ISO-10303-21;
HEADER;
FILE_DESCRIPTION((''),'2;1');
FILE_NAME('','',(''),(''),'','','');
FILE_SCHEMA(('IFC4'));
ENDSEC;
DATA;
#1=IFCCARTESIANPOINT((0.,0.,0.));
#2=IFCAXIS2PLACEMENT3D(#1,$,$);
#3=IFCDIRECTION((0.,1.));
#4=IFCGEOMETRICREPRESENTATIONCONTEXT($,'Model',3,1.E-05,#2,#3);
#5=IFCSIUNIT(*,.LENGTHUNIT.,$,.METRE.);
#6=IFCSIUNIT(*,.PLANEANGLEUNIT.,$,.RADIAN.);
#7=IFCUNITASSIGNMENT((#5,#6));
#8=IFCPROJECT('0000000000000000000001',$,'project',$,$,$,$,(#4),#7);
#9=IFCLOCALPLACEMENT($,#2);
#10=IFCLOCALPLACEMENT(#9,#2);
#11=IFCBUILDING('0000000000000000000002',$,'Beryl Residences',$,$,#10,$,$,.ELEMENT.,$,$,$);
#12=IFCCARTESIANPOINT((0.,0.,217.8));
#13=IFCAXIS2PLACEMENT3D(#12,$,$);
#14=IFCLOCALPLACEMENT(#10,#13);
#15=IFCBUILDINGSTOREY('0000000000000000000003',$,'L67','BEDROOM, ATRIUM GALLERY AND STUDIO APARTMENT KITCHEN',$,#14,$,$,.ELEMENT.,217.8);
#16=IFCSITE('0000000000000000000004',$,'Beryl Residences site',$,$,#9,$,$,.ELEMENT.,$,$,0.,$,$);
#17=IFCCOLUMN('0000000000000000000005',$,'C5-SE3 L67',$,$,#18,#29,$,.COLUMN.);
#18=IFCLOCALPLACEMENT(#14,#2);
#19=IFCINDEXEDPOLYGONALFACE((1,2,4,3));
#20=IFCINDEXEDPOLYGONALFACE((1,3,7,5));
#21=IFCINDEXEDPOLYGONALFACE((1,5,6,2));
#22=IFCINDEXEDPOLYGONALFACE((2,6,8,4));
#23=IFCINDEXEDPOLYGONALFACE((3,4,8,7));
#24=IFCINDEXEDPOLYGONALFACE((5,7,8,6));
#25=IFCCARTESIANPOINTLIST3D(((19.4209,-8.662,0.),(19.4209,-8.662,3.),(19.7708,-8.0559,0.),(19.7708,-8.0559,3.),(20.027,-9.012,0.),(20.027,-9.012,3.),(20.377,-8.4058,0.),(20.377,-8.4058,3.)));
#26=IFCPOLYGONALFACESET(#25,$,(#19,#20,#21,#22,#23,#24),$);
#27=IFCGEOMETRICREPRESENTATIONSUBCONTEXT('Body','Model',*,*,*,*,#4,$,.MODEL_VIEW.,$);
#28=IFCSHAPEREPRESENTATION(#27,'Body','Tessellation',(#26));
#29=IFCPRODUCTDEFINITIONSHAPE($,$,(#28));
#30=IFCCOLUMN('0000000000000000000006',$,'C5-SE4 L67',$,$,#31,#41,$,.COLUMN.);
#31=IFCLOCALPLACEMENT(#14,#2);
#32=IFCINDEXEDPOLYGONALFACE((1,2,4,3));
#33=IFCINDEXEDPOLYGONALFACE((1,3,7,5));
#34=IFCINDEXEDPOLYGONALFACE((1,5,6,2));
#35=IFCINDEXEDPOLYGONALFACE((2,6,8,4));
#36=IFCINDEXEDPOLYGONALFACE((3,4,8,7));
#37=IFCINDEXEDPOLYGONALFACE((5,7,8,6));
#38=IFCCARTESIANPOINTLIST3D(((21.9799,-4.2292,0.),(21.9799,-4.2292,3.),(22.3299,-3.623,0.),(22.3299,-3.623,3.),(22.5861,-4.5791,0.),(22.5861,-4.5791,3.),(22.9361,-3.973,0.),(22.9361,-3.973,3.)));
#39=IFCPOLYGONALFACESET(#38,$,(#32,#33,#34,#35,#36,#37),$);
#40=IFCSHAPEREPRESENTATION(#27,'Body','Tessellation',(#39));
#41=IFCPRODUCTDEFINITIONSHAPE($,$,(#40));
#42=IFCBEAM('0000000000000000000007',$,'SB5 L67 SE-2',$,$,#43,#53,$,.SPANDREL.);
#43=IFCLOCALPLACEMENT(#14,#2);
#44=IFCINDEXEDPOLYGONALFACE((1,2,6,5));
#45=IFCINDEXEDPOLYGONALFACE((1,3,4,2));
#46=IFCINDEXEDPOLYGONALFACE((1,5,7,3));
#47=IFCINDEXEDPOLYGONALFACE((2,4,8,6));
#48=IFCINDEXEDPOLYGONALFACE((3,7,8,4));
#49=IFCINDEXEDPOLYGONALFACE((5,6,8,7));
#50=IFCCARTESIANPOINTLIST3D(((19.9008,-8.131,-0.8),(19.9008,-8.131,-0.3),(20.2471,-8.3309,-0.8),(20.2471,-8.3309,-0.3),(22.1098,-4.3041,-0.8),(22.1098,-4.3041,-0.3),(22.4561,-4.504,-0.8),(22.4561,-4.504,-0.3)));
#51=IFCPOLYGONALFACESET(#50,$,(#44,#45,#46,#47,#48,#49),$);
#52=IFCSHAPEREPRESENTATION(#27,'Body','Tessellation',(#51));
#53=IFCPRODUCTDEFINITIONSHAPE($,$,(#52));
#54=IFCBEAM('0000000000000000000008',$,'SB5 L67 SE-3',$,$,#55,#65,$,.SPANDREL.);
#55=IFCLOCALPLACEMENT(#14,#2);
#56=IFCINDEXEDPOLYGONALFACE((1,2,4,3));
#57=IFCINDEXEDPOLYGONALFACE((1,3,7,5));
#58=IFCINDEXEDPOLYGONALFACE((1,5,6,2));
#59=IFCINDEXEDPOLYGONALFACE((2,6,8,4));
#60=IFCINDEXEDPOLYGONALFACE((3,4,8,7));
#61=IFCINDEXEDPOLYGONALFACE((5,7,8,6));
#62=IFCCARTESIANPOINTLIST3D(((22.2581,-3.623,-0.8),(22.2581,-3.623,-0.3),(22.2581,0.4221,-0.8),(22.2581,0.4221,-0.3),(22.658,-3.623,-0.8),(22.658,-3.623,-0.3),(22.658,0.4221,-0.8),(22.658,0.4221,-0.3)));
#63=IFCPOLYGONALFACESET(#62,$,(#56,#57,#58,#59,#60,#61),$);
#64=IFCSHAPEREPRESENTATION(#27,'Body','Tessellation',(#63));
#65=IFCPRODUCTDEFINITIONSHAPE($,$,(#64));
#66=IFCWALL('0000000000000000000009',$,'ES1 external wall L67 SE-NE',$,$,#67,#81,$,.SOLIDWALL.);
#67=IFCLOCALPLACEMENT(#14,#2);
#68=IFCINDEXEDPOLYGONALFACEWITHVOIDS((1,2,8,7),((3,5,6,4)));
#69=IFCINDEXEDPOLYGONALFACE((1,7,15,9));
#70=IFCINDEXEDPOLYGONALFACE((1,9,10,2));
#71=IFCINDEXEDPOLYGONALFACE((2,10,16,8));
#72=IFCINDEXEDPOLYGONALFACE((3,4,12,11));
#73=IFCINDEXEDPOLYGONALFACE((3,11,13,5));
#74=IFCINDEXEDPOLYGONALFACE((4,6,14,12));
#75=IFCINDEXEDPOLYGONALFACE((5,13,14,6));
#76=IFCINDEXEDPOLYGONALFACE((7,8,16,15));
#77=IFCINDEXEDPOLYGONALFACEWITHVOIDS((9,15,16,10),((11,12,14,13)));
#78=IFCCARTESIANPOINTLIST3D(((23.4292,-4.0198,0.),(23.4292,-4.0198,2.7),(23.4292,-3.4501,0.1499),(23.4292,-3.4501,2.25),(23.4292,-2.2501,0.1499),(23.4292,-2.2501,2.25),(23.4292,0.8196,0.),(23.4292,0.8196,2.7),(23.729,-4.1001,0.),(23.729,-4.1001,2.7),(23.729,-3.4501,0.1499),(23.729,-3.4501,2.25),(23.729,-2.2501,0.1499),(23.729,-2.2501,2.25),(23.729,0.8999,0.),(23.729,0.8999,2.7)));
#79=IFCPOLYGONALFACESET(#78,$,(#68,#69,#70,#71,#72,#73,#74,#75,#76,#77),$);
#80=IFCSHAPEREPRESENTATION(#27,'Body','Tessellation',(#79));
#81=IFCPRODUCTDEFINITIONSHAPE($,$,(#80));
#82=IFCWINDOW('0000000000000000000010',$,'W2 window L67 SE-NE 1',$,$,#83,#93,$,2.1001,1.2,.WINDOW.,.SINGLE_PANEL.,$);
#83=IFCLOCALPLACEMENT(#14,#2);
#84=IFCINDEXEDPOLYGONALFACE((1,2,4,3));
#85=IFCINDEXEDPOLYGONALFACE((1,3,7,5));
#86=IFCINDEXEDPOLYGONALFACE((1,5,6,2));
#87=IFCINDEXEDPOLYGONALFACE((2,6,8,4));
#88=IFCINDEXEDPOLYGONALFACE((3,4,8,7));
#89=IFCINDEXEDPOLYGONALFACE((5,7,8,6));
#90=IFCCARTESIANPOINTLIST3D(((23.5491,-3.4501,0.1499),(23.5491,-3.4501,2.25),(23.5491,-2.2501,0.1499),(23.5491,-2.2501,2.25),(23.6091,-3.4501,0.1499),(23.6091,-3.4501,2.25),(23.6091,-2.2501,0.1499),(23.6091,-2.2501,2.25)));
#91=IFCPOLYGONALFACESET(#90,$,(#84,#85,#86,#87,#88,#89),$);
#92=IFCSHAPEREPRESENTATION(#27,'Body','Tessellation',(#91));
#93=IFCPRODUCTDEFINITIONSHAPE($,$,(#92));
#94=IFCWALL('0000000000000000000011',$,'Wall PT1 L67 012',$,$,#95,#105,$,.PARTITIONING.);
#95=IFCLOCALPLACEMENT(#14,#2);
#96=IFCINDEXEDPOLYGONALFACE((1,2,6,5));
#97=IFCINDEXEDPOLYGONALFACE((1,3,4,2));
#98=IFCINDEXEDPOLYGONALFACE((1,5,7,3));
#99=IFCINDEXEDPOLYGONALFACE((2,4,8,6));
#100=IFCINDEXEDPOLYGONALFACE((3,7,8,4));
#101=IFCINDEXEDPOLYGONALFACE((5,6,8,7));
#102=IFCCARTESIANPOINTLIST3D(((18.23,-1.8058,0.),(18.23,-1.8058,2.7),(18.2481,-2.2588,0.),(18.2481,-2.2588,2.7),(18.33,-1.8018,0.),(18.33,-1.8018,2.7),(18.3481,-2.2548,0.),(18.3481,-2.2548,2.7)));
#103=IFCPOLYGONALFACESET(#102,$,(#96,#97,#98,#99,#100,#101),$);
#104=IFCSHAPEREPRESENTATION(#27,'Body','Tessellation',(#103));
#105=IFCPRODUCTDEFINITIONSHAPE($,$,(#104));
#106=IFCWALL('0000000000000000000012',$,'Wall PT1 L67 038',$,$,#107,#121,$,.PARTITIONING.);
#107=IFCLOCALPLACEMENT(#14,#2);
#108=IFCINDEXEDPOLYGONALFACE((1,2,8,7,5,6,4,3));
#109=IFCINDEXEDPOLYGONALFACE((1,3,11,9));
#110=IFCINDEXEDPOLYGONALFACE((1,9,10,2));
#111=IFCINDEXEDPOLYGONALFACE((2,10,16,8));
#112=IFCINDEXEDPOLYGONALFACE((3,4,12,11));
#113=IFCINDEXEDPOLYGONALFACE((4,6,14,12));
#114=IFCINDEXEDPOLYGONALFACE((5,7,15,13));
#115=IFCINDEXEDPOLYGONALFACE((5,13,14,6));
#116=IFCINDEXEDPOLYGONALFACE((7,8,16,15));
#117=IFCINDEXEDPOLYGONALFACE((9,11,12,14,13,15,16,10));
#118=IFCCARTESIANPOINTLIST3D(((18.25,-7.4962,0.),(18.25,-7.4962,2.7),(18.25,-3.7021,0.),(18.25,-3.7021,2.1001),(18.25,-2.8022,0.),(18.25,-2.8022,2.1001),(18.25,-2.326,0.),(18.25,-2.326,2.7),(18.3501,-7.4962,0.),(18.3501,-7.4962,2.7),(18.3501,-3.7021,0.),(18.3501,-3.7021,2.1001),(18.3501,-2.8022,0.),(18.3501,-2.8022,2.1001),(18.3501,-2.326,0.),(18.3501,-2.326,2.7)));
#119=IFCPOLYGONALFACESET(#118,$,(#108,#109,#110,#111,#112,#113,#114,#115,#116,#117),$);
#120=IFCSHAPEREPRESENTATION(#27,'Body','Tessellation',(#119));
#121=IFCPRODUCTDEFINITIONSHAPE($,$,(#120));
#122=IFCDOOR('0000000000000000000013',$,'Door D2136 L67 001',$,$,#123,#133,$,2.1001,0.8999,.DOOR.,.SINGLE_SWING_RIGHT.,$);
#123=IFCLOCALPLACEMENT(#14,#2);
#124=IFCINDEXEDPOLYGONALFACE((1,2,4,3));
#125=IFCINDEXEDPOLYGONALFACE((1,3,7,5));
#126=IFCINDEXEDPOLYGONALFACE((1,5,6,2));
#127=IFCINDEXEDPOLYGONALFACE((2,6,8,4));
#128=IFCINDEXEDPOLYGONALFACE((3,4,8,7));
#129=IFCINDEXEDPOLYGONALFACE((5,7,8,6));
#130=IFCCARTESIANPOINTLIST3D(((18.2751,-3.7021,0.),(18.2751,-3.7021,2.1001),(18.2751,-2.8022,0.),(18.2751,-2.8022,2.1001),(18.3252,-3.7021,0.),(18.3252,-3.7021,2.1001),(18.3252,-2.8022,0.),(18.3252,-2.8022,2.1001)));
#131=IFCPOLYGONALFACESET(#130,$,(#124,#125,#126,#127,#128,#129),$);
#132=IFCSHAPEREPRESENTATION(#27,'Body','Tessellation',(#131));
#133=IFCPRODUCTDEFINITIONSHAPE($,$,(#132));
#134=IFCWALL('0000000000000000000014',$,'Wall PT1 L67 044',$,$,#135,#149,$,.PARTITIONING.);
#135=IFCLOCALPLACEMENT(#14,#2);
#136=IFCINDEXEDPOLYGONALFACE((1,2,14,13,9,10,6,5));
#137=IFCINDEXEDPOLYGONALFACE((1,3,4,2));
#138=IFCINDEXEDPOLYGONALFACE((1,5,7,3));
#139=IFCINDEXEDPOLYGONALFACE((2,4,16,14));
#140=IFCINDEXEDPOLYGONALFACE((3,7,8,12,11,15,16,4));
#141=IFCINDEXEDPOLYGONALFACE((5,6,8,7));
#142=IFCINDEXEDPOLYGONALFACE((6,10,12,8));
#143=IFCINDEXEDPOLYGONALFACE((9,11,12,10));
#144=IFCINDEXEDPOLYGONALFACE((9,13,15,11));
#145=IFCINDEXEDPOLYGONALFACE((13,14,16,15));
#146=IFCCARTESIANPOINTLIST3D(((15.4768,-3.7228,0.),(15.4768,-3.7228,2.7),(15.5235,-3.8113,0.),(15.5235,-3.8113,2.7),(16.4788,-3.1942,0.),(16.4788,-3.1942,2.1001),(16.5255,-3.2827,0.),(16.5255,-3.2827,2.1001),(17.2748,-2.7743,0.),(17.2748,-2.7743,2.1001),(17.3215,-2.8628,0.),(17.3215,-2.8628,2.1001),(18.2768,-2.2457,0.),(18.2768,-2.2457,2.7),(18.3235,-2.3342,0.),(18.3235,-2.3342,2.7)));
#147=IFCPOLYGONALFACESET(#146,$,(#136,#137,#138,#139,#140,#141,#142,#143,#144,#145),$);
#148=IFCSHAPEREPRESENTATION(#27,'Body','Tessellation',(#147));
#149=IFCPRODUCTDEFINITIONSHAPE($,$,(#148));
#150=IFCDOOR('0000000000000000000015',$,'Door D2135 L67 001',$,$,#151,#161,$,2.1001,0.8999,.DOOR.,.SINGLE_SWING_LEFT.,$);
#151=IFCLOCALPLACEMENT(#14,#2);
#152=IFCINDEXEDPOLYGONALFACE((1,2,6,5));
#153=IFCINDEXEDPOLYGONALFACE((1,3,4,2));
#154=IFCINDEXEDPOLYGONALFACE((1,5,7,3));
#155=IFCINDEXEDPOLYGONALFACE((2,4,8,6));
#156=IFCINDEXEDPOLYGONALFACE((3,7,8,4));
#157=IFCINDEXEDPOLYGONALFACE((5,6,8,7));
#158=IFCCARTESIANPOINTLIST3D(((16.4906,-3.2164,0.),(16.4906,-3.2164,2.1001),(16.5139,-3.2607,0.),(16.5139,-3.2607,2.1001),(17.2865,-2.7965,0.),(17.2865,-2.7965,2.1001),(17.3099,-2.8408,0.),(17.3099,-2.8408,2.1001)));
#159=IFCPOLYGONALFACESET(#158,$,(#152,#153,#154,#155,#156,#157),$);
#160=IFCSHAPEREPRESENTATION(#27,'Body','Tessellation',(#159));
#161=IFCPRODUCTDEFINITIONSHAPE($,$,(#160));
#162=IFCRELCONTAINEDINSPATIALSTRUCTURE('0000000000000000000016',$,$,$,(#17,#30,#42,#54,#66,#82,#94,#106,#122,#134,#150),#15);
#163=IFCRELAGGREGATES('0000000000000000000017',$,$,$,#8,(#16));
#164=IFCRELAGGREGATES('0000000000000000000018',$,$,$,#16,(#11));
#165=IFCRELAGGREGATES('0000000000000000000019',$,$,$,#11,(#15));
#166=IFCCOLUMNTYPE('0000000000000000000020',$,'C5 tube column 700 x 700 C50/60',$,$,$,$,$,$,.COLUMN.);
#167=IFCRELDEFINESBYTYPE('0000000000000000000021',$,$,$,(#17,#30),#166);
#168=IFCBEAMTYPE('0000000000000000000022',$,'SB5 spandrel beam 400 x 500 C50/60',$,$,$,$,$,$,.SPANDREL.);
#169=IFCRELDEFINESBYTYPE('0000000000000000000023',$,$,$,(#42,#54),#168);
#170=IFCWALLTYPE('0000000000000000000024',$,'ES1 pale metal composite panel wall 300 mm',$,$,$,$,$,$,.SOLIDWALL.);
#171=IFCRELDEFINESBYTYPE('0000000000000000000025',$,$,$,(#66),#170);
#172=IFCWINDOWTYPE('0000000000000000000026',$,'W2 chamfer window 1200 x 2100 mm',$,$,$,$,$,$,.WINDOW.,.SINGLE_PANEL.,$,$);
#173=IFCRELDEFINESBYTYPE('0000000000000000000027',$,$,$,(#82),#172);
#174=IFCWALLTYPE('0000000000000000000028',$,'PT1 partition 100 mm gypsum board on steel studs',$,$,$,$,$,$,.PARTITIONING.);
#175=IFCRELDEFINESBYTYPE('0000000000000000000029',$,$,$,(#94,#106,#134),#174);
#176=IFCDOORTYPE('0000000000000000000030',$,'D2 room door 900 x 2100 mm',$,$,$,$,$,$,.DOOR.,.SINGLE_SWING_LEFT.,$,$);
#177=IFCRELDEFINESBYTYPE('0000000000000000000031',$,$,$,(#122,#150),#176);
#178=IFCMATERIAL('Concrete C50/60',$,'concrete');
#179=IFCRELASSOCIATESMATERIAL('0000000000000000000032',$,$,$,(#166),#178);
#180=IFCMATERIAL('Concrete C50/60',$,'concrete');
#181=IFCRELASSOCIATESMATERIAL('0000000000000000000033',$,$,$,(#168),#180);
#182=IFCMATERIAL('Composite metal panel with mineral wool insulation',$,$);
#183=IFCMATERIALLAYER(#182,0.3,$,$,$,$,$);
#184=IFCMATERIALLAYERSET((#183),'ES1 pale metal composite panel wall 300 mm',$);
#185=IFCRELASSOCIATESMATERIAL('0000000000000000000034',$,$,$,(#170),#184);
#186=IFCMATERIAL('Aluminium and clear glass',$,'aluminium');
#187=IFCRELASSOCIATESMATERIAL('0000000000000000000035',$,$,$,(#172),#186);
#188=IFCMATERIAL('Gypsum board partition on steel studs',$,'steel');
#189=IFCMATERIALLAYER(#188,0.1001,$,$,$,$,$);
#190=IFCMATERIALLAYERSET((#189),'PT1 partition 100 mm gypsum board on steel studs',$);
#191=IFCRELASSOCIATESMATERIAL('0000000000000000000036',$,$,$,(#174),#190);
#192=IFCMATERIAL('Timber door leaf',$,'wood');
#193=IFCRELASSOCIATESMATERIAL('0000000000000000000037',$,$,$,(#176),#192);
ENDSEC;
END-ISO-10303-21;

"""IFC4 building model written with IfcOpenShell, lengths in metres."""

from ifc_helpers import new_model, si_unit, direction, frame, frame_2d, origin, origin_2d, place, context, subcontext, project, spatial, polyline, rectangle, outline, extrude, material, layer, layer_set, material_profile, profile_set, type_object, element, fill, save


model = new_model("IFC4")

# Units and contexts
model_context = context("Model", 3, precision=1e-05, world=origin(), true_north=direction((0.0, 1.0)))
body_context = subcontext(model_context, "Body", "Model", "MODEL_VIEW")
ifc_project = project(units=[si_unit("LENGTHUNIT", "METRE"), si_unit("PLANEANGLEUNIT", "RADIAN")], contexts=[model_context])

# Site, building, storey
site_placement = place(None, origin())
site = spatial("IfcSite", under=ifc_project, at=site_placement, Name="Beryl Residences site", CompositionType="ELEMENT", RefElevation=0.0)
building_placement = place(site_placement, origin())
building = spatial("IfcBuilding", under=site, at=building_placement, Name="Beryl Residences", CompositionType="ELEMENT")
storey_placement = place(building_placement, frame((0.0, 0.0, 217.8)))
storey = spatial("IfcBuildingStorey", under=building, at=storey_placement, Name="L67", Description="BEDROOM, ATRIUM GALLERY AND STUDIO APARTMENT KITCHEN", CompositionType="ELEMENT", Elevation=217.8)

# Columns
ifc_material_1 = material(Name="Concrete C50/60", Category="concrete")
ifc_material_profile_1 = material_profile(ifc_material_1, rectangle(XDim=0.7, YDim=0.7, at=origin_2d()))
ifc_profile_set_1 = profile_set([ifc_material_profile_1], Name="Concrete C50/60")
column_type = type_object("IfcColumnType", Name="C5 tube column 700 x 700 C50/60", PredefinedType="COLUMN", material=ifc_profile_set_1)
for number, where, z_axis, x_axis, name in (
    (1, (19.8989, -8.5339, 0.0), (0.0, 0.0, 1.0), (0.499985, 0.866034, 0.0), "C5-SE3 L67"),
    (2, (22.458, -4.1011, 0.0), (0.0, 0.0, 1.0), (0.499985, 0.866034, 0.0), "C5-SE4 L67"),
):
    element("IfcColumn", number, at=place(storey_placement, frame(where, z_axis=z_axis, x_axis=x_axis)), inside=storey, type_object=column_type, Name=name, PredefinedType="COLUMN", context=body_context, shape_type="SweptSolid", body=[
        extrude(rectangle(XDim=0.7, YDim=0.7, at=origin_2d()), origin(), (0.0, 0.0, 1.0), 3.0),
    ])

# Beams
ifc_material_2 = material(Name="Concrete C50/60", Category="concrete")
ifc_material_profile_2 = material_profile(ifc_material_2, rectangle(XDim=0.3999, YDim=0.5, at=origin_2d()))
ifc_profile_set_2 = profile_set([ifc_material_profile_2], Name="Concrete C50/60")
beam_type = type_object("IfcBeamType", Name="SB5 spandrel beam 400 x 500 C50/60", PredefinedType="SPANDREL", material=ifc_profile_set_2)
beam_1_placement = place(storey_placement, frame((20.074, -8.231, -0.55), z_axis=(0.499919, 0.866072, 0.0), x_axis=(-0.866072, 0.499919, 0.0)))
element("IfcBeam", 3, at=beam_1_placement, inside=storey, type_object=beam_type, Name="SB5 L67 SE-2", PredefinedType="SPANDREL", context=body_context, shape_type="SweptSolid", body=[
    extrude(rectangle(XDim=0.3999, YDim=0.5, at=origin_2d()), origin(), (0.0, 0.0, 1.0), 4.4187),
])
beam_2_placement = place(storey_placement, frame((22.458, -3.623, -0.55), z_axis=(0.0, 1.0, 0.0), x_axis=(-1.0, 0.0, 0.0)))
element("IfcBeam", 4, at=beam_2_placement, inside=storey, type_object=beam_type, Name="SB5 L67 SE-3", PredefinedType="SPANDREL", context=body_context, shape_type="SweptSolid", body=[
    extrude(rectangle(XDim=0.3999, YDim=0.5, at=origin_2d()), origin(), (0.0, 0.0, 1.0), 4.0452),
])

# Wall, opening, window
ifc_material_3 = material(Name="Composite metal panel with mineral wool insulation")
ifc_layer_1 = layer(ifc_material_3, 0.3)
ifc_layer_set_1 = layer_set([ifc_layer_1], Name="ES1 pale metal composite panel wall 300 mm")
wall_type_1 = type_object("IfcWallType", Name="ES1 pale metal composite panel wall 300 mm", PredefinedType="SOLIDWALL", material=ifc_layer_set_1)
wall_1_placement = place(storey_placement, frame((23.5791, -4.1001, 0.0), z_axis=(0.0, 0.0, 1.0), x_axis=(0.0, 1.0, 0.0)))
wall_1 = element("IfcWall", 5, at=wall_1_placement, inside=storey, type_object=wall_type_1, Name="ES1 external wall L67 SE-NE", PredefinedType="SOLIDWALL", context=body_context, shape_type="SweptSolid", body=[
    extrude(outline(polyline([(0.0, -0.1499), (5.0, -0.1499), (4.9197, 0.1499), (0.0803, 0.1499), (0.0, -0.1499)])), origin(), (0.0, 0.0, 1.0), 2.7),
])
opening_1_placement = place(wall_1_placement, frame((0.6499, 0.0, 0.1499)))
opening_1 = element("IfcOpeningElement", 6, at=opening_1_placement, cuts=wall_1, PredefinedType="OPENING", context=body_context, shape_type="SweptSolid", body=[
    extrude(rectangle(XDim=1.2, YDim=2.1001, at=frame_2d((0.6001, 1.05))), frame((0.0, 0.1599, 0.0), z_axis=(0.0, -1.0, 0.0), x_axis=(1.0, 0.0, 0.0)), (0.0, 0.0, 1.0), 0.3201),
])
ifc_material_4 = material(Name="Aluminium and clear glass", Category="aluminium")
window_type = type_object("IfcWindowType", Name="W2 chamfer window 1200 x 2100 mm", PartitioningType="SINGLE_PANEL", PredefinedType="WINDOW", material=ifc_material_4)
window_placement = place(opening_1_placement, origin())
window = element("IfcWindow", 7, at=window_placement, inside=storey, type_object=window_type, Name="W2 window L67 SE-NE 1", OverallHeight=2.1001, OverallWidth=1.2, PartitioningType="SINGLE_PANEL", PredefinedType="WINDOW", context=body_context, shape_type="SweptSolid", body=[
    extrude(rectangle(XDim=1.2, YDim=2.1001, at=frame_2d((0.6001, 1.05))), frame((0.0, 0.03, 0.0), z_axis=(0.0, -1.0, 0.0), x_axis=(1.0, 0.0, 0.0)), (0.0, 0.0, 1.0), 0.0601),
])
fill(opening_1, window)

# Wall
ifc_material_5 = material(Name="Gypsum board partition on steel studs", Category="steel")
ifc_layer_2 = layer(ifc_material_5, 0.1001)
ifc_layer_set_2 = layer_set([ifc_layer_2], Name="PT1 partition 100 mm gypsum board on steel studs")
wall_type_2 = type_object("IfcWallType", Name="PT1 partition 100 mm gypsum board on steel studs", PredefinedType="PARTITIONING", material=ifc_layer_set_2)
wall_2_placement = place(storey_placement, frame((18.28, -1.804, 0.0), z_axis=(0.0, 0.0, 1.0), x_axis=(0.039839, -0.999206, 0.0)))
element("IfcWall", 8, at=wall_2_placement, inside=storey, type_object=wall_type_2, Name="Wall PT1 L67 012", PredefinedType="PARTITIONING", context=body_context, shape_type="SweptSolid", body=[
    extrude(rectangle(XDim=0.4534, YDim=0.1001, at=frame_2d((0.2266, 0.0))), origin(), (0.0, 0.0, 1.0), 2.7),
])

# Walls, openings, doors
wall_3_placement = place(storey_placement, frame((18.3, -7.4961, 0.0), z_axis=(0.0, 0.0, 1.0), x_axis=(0.0, 1.0, 0.0)))
wall_3 = element("IfcWall", 9, at=wall_3_placement, inside=storey, type_object=wall_type_2, Name="Wall PT1 L67 038", PredefinedType="PARTITIONING", context=body_context, shape_type="SweptSolid", body=[
    extrude(rectangle(XDim=5.1702, YDim=0.1001, at=frame_2d((2.585, 0.0))), origin(), (0.0, 0.0, 1.0), 2.7),
])
opening_2_placement = place(wall_3_placement, frame((3.7939, 0.0, 0.0)))
opening_2 = element("IfcOpeningElement", 10, at=opening_2_placement, cuts=wall_3, PredefinedType="OPENING", context=body_context, shape_type="SweptSolid", body=[
    extrude(rectangle(XDim=0.8999, YDim=2.1001, at=frame_2d((0.45, 1.05))), frame((0.0, 0.0601, 0.0), z_axis=(0.0, -1.0, 0.0), x_axis=(1.0, 0.0, 0.0)), (0.0, 0.0, 1.0), 0.1201),
])
ifc_material_6 = material(Name="Timber door leaf", Category="wood")
door_type_1 = type_object("IfcDoorType", Name="D2 room door 900 x 2100 mm", OperationType="SINGLE_SWING_LEFT", PredefinedType="DOOR", material=ifc_material_6)
door_1_placement = place(opening_2_placement, origin())
door_1 = element("IfcDoor", 11, at=door_1_placement, inside=storey, type_object=door_type_1, Name="Door D2136 L67 001", OperationType="SINGLE_SWING_RIGHT", OverallHeight=2.1001, OverallWidth=0.8999, PredefinedType="DOOR", context=body_context, shape_type="SweptSolid", body=[
    extrude(rectangle(XDim=0.8999, YDim=2.1001, at=frame_2d((0.45, 1.05))), frame((0.0, 0.0249, 0.0), z_axis=(0.0, -1.0, 0.0), x_axis=(1.0, 0.0, 0.0)), (0.0, 0.0, 1.0), 0.05),
])
fill(opening_2, door_1)
wall_4_placement = place(storey_placement, frame((15.5, -3.7671, 0.0), z_axis=(0.0, 0.0, 1.0), x_axis=(0.884483, 0.466573, 0.0)))
wall_4 = element("IfcWall", 12, at=wall_4_placement, inside=storey, type_object=wall_type_2, Name="Wall PT1 L67 044", PredefinedType="PARTITIONING", context=body_context, shape_type="SweptSolid", body=[
    extrude(rectangle(XDim=3.1658, YDim=0.1001, at=frame_2d((1.583, 0.0))), origin(), (0.0, 0.0, 1.0), 2.7),
])
opening_3_placement = place(wall_4_placement, frame((1.1331, 0.0, 0.0)))
opening_3 = element("IfcOpeningElement", 13, at=opening_3_placement, cuts=wall_4, PredefinedType="OPENING", context=body_context, shape_type="SweptSolid", body=[
    extrude(rectangle(XDim=0.8999, YDim=2.1001, at=frame_2d((0.45, 1.05))), frame((0.0, 0.0601, 0.0), z_axis=(0.0, -1.0, 0.0), x_axis=(1.0, 0.0, 0.0)), (0.0, 0.0, 1.0), 0.1201),
])
door_2_placement = place(opening_3_placement, origin())
door_2 = element("IfcDoor", 14, at=door_2_placement, inside=storey, type_object=door_type_1, Name="Door D2135 L67 001", OperationType="SINGLE_SWING_LEFT", OverallHeight=2.1001, OverallWidth=0.8999, PredefinedType="DOOR", context=body_context, shape_type="SweptSolid", body=[
    extrude(rectangle(XDim=0.8999, YDim=2.1001, at=frame_2d((0.45, 1.05))), frame((0.0, 0.0249, 0.0), z_axis=(0.0, -1.0, 0.0), x_axis=(1.0, 0.0, 0.0)), (0.0, 0.0, 1.0), 0.05),
])
fill(opening_3, door_2)

save(model, "model.ifc")
